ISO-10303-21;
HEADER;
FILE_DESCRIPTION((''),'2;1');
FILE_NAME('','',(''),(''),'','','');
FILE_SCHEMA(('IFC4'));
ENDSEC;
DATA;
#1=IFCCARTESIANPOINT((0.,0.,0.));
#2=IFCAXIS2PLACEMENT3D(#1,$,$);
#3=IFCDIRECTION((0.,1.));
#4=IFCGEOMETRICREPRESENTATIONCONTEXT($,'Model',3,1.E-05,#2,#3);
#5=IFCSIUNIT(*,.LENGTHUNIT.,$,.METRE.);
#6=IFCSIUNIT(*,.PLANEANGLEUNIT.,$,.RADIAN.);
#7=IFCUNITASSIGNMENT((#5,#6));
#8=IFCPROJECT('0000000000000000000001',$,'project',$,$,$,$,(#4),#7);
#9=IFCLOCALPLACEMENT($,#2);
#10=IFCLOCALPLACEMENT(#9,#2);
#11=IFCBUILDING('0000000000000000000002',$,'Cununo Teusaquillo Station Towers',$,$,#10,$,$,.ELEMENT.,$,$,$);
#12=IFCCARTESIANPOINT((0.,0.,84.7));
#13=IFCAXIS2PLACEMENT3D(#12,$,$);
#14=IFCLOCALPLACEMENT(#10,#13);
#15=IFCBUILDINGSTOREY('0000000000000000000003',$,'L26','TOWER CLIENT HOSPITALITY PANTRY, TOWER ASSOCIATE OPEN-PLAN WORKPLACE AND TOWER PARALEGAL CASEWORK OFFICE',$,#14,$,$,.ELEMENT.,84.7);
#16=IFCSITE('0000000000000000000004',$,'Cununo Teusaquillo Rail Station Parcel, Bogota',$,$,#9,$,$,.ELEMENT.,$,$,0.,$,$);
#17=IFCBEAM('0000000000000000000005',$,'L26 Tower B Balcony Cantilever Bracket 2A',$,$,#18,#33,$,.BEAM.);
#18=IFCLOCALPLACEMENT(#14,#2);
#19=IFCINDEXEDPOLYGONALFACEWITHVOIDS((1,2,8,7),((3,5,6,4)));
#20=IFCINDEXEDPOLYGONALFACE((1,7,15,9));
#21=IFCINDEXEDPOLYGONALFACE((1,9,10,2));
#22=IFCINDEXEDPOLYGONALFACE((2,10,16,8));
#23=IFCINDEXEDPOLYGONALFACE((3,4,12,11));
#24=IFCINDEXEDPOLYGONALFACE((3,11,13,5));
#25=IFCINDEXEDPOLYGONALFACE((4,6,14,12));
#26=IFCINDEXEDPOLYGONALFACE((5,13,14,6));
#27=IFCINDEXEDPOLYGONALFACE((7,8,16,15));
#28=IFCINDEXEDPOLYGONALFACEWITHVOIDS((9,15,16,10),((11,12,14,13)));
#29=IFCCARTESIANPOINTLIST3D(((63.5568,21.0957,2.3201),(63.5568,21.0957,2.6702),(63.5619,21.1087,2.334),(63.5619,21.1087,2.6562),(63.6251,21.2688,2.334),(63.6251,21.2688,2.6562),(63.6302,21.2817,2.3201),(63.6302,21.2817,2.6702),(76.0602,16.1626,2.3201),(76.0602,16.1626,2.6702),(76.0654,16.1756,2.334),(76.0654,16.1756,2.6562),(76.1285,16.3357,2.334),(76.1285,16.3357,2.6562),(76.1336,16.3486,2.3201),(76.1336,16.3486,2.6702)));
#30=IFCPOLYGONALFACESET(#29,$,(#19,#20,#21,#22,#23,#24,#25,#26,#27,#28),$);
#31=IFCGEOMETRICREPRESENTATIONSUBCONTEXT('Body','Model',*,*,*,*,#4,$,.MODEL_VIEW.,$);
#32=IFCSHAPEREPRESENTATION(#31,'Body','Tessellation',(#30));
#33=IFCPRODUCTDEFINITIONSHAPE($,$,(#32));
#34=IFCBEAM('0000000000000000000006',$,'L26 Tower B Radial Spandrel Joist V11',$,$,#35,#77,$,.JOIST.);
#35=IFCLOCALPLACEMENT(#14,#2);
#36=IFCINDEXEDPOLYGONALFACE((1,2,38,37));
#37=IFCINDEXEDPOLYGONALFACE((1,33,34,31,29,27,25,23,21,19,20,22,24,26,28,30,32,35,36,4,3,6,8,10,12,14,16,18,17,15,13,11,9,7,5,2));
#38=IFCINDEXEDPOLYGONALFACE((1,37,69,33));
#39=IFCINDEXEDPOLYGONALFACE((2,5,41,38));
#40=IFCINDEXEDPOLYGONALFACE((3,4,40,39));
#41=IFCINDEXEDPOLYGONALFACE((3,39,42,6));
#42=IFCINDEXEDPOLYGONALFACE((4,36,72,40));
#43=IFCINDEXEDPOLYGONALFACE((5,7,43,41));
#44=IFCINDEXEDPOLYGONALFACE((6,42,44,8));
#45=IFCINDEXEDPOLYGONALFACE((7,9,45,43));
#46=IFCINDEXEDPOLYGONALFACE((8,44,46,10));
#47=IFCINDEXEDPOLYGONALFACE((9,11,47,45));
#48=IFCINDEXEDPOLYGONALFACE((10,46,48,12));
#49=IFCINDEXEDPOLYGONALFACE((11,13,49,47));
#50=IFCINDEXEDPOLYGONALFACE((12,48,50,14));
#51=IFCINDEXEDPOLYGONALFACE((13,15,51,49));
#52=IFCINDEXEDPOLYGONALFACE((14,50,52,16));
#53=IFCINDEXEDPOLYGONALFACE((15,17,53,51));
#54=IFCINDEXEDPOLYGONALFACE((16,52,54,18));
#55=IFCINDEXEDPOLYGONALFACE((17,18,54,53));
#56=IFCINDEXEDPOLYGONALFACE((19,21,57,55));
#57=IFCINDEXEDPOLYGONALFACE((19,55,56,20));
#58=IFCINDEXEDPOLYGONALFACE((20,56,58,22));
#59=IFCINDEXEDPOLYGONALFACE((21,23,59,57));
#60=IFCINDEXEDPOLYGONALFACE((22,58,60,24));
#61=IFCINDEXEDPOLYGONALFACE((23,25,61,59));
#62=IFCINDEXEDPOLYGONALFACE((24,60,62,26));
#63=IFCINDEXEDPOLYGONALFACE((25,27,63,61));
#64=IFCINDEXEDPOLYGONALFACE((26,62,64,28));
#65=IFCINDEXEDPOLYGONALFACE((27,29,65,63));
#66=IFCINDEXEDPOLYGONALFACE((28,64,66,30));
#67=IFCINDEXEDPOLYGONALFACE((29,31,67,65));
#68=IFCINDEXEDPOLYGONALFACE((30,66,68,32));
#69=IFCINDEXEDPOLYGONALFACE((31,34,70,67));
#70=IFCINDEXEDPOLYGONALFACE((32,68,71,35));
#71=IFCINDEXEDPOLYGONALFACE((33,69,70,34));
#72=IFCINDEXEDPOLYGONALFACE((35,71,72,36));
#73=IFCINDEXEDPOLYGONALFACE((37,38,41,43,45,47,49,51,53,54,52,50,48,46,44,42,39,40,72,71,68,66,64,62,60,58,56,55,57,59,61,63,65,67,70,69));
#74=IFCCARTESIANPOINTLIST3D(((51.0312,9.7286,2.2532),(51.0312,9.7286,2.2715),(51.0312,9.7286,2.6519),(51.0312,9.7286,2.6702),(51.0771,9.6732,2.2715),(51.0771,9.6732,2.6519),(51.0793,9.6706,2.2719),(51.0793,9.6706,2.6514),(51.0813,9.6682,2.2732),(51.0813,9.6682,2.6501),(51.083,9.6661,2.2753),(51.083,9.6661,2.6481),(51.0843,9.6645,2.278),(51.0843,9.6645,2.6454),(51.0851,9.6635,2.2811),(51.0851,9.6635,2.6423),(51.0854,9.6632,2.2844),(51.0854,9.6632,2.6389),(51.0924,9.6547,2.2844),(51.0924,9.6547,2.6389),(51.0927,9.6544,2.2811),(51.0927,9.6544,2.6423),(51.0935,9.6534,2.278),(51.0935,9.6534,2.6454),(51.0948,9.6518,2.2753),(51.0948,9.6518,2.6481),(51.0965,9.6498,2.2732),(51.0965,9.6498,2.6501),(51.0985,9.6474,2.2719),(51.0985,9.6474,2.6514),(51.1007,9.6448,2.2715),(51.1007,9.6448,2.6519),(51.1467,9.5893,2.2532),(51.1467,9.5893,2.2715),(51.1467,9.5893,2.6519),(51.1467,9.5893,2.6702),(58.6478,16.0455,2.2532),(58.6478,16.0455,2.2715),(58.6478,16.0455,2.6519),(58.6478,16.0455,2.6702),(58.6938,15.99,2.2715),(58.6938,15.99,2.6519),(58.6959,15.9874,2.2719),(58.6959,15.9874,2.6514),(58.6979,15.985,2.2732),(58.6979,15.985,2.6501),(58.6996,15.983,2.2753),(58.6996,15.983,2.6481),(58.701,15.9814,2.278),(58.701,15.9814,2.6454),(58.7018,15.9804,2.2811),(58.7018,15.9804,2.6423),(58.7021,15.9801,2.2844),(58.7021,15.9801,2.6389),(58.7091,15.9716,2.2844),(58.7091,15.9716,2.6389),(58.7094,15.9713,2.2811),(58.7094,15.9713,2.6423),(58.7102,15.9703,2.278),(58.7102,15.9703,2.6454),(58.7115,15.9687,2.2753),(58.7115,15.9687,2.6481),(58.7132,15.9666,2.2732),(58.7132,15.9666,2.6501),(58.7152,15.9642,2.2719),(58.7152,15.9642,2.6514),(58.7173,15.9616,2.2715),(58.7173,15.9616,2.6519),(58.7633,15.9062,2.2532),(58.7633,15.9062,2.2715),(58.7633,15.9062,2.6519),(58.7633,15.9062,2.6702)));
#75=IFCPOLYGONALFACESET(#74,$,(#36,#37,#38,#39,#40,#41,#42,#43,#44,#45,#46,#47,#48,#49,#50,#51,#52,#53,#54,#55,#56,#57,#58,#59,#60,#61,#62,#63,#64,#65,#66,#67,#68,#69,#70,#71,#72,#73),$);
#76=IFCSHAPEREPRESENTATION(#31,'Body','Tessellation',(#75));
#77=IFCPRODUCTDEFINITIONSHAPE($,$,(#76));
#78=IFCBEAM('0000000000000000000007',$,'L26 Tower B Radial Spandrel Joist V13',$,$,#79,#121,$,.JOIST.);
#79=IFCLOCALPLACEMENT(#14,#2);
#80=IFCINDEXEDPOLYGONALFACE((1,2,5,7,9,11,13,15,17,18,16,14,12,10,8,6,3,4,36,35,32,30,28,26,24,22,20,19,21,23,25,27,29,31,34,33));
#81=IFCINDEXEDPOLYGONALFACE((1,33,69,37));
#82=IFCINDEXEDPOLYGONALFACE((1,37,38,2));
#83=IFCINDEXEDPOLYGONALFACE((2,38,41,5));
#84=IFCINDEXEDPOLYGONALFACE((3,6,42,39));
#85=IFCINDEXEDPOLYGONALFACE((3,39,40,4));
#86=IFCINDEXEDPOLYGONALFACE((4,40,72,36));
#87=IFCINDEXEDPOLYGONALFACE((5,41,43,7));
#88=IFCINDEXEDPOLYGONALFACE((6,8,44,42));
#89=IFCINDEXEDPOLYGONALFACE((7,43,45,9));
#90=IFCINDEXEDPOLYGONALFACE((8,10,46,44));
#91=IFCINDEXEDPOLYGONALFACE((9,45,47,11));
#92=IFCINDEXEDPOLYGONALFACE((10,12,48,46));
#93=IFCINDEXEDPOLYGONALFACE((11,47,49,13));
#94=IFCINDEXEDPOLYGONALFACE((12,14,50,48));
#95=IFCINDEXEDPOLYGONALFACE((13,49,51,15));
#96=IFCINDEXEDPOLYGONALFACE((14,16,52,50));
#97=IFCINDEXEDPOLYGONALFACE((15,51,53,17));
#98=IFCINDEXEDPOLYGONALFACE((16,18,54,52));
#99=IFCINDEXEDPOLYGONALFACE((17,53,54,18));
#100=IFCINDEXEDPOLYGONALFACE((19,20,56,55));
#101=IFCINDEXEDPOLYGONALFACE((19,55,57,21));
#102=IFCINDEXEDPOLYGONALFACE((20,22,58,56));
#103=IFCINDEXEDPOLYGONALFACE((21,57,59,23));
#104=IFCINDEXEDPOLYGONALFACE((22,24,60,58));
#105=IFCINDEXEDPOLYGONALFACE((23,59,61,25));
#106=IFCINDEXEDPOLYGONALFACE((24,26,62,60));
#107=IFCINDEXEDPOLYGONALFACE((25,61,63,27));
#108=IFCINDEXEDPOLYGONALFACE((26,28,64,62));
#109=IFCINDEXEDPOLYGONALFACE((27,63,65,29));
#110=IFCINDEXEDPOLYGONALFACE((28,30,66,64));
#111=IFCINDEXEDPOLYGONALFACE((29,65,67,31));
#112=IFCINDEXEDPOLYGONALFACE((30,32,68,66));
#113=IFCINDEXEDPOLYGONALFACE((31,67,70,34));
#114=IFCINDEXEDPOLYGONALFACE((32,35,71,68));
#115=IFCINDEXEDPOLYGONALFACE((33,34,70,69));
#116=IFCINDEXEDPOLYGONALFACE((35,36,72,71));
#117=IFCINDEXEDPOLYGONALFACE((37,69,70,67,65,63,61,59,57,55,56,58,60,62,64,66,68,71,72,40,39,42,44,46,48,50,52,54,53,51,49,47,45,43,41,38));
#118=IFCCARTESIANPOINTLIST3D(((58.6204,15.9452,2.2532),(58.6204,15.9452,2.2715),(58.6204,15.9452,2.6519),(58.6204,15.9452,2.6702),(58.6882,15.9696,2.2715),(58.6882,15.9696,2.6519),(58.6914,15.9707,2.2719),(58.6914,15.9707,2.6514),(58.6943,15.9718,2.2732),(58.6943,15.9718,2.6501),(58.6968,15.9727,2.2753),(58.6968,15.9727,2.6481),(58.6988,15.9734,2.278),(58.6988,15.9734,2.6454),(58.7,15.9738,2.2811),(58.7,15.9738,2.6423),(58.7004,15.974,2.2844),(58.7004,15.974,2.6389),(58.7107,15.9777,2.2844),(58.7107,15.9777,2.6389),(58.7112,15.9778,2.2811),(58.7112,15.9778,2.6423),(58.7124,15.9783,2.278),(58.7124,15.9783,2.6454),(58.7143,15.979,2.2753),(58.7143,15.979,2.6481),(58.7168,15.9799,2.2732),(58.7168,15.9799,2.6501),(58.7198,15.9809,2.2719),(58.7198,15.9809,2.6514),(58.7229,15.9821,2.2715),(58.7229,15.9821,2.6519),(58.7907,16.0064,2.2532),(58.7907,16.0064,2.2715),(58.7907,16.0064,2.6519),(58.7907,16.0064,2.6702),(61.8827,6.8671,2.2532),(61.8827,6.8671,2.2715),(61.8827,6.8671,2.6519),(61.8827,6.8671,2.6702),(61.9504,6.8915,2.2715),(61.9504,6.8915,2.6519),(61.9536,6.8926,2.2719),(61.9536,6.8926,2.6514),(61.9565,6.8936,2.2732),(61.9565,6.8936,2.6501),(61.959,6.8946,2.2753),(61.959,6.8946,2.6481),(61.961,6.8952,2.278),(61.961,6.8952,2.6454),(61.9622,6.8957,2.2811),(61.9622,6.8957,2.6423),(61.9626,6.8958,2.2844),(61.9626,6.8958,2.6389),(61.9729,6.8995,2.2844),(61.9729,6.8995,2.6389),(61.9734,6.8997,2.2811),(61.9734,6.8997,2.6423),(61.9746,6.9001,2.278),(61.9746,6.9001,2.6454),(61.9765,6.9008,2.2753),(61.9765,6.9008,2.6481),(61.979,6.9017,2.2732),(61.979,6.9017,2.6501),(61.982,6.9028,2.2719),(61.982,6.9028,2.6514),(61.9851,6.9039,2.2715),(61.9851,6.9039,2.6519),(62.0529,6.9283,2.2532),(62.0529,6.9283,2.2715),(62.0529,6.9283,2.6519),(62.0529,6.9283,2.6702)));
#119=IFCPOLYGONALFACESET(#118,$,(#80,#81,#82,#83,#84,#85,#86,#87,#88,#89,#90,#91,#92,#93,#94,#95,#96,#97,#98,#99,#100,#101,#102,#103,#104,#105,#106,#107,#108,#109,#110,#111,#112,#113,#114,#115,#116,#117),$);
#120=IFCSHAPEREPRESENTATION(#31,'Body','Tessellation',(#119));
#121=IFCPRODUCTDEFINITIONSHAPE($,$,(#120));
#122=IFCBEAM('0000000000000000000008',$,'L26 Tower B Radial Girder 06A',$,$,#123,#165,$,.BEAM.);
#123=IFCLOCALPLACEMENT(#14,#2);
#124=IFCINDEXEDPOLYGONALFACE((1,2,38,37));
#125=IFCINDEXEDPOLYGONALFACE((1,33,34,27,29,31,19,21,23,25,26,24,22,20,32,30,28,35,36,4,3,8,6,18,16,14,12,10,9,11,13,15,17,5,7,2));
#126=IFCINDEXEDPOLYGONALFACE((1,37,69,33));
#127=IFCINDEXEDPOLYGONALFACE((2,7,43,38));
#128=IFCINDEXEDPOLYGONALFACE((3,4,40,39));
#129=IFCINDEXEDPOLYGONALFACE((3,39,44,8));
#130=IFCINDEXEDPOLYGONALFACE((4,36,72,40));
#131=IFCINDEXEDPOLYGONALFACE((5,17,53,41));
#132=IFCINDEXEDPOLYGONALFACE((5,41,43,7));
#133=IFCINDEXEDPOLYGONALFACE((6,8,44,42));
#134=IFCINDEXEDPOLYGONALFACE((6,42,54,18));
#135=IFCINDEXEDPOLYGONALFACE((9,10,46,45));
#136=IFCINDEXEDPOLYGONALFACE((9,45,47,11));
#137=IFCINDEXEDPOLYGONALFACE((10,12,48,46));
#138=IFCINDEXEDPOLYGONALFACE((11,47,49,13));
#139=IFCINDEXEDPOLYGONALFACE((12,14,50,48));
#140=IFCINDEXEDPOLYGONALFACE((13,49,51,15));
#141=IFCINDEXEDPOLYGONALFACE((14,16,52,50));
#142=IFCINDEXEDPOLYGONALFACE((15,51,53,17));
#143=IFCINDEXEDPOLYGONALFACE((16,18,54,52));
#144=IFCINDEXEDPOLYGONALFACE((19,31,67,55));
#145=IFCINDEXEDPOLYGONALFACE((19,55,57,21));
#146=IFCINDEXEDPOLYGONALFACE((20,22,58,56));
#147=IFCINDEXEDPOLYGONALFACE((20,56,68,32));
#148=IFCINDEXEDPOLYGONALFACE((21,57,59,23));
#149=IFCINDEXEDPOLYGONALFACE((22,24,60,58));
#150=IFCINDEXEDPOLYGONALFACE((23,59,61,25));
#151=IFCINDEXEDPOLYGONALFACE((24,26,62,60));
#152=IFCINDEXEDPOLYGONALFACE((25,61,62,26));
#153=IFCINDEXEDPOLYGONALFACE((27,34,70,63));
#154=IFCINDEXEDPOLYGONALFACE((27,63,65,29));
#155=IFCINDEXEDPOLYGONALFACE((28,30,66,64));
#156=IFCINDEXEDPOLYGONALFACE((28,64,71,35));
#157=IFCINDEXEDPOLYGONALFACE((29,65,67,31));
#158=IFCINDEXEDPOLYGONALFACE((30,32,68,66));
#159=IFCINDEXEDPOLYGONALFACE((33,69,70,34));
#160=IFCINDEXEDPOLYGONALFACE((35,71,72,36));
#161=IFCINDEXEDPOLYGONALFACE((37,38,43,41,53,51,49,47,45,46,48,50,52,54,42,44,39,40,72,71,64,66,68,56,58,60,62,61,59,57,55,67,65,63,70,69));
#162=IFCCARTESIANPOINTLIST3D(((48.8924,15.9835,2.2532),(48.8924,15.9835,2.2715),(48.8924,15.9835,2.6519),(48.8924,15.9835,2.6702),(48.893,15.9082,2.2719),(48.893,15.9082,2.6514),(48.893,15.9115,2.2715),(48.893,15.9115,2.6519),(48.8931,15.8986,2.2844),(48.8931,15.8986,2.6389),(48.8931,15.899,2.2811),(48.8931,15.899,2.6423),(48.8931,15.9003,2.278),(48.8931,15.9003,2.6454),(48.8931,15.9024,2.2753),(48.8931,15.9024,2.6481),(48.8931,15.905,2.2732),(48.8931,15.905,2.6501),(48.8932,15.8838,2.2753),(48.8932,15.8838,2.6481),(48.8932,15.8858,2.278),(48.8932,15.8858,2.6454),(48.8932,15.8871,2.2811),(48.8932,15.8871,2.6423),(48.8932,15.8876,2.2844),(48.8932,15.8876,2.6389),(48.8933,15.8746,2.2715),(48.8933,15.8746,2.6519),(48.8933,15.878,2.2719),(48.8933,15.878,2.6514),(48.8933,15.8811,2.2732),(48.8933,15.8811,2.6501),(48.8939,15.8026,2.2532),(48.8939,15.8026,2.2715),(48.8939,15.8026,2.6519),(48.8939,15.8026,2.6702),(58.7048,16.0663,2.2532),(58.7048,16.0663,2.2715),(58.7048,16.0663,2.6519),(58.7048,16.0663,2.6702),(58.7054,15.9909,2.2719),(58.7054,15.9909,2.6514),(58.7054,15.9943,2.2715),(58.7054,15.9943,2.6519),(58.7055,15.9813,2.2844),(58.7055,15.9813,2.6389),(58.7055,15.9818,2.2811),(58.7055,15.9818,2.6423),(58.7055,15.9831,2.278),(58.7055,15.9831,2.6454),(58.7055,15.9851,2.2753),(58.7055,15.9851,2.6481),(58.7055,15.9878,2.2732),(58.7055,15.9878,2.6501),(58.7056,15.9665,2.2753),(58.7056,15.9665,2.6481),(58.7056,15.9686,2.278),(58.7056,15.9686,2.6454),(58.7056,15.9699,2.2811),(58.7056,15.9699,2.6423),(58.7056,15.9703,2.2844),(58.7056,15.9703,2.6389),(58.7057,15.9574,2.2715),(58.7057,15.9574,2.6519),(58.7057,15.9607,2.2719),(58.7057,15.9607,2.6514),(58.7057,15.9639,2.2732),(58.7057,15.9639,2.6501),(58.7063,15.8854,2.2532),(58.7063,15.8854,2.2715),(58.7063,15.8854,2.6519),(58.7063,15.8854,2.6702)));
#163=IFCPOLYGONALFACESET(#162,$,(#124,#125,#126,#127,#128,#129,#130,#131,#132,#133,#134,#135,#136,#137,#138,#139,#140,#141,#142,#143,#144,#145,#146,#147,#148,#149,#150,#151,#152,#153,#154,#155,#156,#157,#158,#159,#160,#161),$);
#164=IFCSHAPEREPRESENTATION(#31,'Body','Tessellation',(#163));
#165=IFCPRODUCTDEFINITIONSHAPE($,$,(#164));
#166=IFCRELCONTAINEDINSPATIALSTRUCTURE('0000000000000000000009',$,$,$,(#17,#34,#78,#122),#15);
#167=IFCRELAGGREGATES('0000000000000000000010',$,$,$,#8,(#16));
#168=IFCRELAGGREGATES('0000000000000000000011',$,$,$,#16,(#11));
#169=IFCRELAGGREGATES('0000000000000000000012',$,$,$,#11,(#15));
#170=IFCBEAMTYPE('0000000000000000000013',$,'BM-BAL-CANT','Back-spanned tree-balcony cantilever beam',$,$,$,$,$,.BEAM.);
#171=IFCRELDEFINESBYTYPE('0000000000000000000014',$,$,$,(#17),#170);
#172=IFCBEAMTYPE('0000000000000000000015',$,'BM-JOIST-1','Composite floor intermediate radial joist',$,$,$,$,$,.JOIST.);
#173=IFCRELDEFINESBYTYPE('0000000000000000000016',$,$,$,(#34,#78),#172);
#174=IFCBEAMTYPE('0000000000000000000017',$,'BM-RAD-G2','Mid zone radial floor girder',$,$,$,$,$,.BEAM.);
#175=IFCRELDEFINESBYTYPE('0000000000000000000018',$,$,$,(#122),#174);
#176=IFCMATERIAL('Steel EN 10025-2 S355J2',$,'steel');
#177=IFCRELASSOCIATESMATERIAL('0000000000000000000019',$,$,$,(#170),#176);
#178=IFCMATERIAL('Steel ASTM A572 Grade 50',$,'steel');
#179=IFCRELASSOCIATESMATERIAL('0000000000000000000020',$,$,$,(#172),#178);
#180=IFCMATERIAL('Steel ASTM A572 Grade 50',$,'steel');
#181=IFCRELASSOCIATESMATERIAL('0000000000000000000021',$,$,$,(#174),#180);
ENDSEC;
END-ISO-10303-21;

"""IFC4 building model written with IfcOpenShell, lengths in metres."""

from ifc_helpers import new_model, si_unit, direction, frame, origin, origin_2d, place, context, subcontext, project, spatial, hollow_rectangle, i_section, extrude, material, material_profile, profile_set, type_object, element, save


model = new_model("IFC4")

# Units and contexts
model_context = context("Model", 3, precision=1e-05, world=origin(), true_north=direction((0.0, 1.0)))
body_context = subcontext(model_context, "Body", "Model", "MODEL_VIEW")
ifc_project = project(units=[si_unit("LENGTHUNIT", "METRE"), si_unit("PLANEANGLEUNIT", "RADIAN")], contexts=[model_context])

# Site, building, storey
site_placement = place(None, origin())
site = spatial("IfcSite", under=ifc_project, at=site_placement, Name="Cununo Teusaquillo Rail Station Parcel, Bogota", CompositionType="ELEMENT", RefElevation=0.0)
building_placement = place(site_placement, origin())
building = spatial("IfcBuilding", under=site, at=building_placement, Name="Cununo Teusaquillo Station Towers", CompositionType="ELEMENT")
storey_placement = place(building_placement, frame((0.0, 0.0, 84.7)))
storey = spatial("IfcBuildingStorey", under=building, at=storey_placement, Name="L26", Description="TOWER CLIENT HOSPITALITY PANTRY, TOWER ASSOCIATE OPEN-PLAN WORKPLACE AND TOWER PARALEGAL CASEWORK OFFICE", CompositionType="ELEMENT", Elevation=84.7)

# Beams
ifc_material_1 = material(Name="Steel EN 10025-2 S355J2", Category="steel")
ifc_material_profile_1 = material_profile(ifc_material_1, hollow_rectangle(XDim=0.2, YDim=0.3501, WallThickness=0.0139, at=origin_2d()), Name="RHS 350x200x14")
ifc_profile_set_1 = profile_set([ifc_material_profile_1], Name="Steel EN 10025-2 S355J2")
beam_type_1 = type_object("IfcBeamType", Name="BM-BAL-CANT", Description="Back-spanned tree-balcony cantilever beam", PredefinedType="BEAM", material=ifc_profile_set_1)
beam_1_placement = place(storey_placement, frame((63.5935, 21.1887, 2.4951), z_axis=(0.930218, -0.367009, 0.0), x_axis=(0.367009, 0.930218, 0.0)))
element("IfcBeam", 1, at=beam_1_placement, inside=storey, type_object=beam_type_1, Name="L26 Tower B Balcony Cantilever Bracket 2A", PredefinedType="BEAM", context=body_context, shape_type="SweptSolid", body=[
    extrude(hollow_rectangle(XDim=0.2, YDim=0.3501, WallThickness=0.0139, at=origin_2d()), origin(), (0.0, 0.0, 1.0), 13.4414),
])
ifc_material_2 = material(Name="Steel ASTM A572 Grade 50", Category="steel")
ifc_material_profile_2 = material_profile(ifc_material_2, i_section(OverallWidth=0.1809, OverallDepth=0.417, WebThickness=0.011, FlangeThickness=0.0183, FilletRadius=0.0129, at=origin_2d()), Name="W16X57")
ifc_profile_set_2 = profile_set([ifc_material_profile_2], Name="Steel ASTM A572 Grade 50")
beam_type_2 = type_object("IfcBeamType", Name="BM-JOIST-1", Description="Composite floor intermediate radial joist", PredefinedType="JOIST", material=ifc_profile_set_2)
beam_2_placement = place(storey_placement, frame((58.7056, 15.9758, 2.4617), z_axis=(-0.769728, -0.638372, 0.0), x_axis=(0.638372, -0.769728, 0.0)))
element("IfcBeam", 2, at=beam_2_placement, inside=storey, type_object=beam_type_2, Name="L26 Tower B Radial Spandrel Joist V11", PredefinedType="JOIST", context=body_context, shape_type="SweptSolid", body=[
    extrude(i_section(OverallWidth=0.1809, OverallDepth=0.417, WebThickness=0.011, FlangeThickness=0.0183, FilletRadius=0.0129, at=origin_2d()), origin(), (0.0, 0.0, 1.0), 9.8953),
])
beam_3_placement = place(storey_placement, frame((58.7056, 15.9758, 2.4617), z_axis=(0.338176, -0.941083, 0.0), x_axis=(0.941083, 0.338176, 0.0)))
element("IfcBeam", 3, at=beam_3_placement, inside=storey, type_object=beam_type_2, Name="L26 Tower B Radial Spandrel Joist V13", PredefinedType="JOIST", context=body_context, shape_type="SweptSolid", body=[
    extrude(i_section(OverallWidth=0.1809, OverallDepth=0.417, WebThickness=0.011, FlangeThickness=0.0183, FilletRadius=0.0129, at=origin_2d()), origin(), (0.0, 0.0, 1.0), 9.6465),
])
ifc_material_3 = material(Name="Steel ASTM A572 Grade 50", Category="steel")
ifc_material_profile_3 = material_profile(ifc_material_3, i_section(OverallWidth=0.1809, OverallDepth=0.417, WebThickness=0.011, FlangeThickness=0.0183, FilletRadius=0.0129, at=origin_2d()), Name="W16X57")
ifc_profile_set_3 = profile_set([ifc_material_profile_3], Name="Steel ASTM A572 Grade 50")
beam_type_3 = type_object("IfcBeamType", Name="BM-RAD-G2", Description="Mid zone radial floor girder", PredefinedType="BEAM", material=ifc_profile_set_3)
beam_4_placement = place(storey_placement, frame((58.7056, 15.9758, 2.4617), z_axis=(-0.999964, -0.008434, 0.0), x_axis=(0.008434, -0.999964, 0.0)))
element("IfcBeam", 4, at=beam_4_placement, inside=storey, type_object=beam_type_3, Name="L26 Tower B Radial Girder 06A", PredefinedType="BEAM", context=body_context, shape_type="SweptSolid", body=[
    extrude(i_section(OverallWidth=0.1809, OverallDepth=0.417, WebThickness=0.011, FlangeThickness=0.0183, FilletRadius=0.0129, at=origin_2d()), origin(), (0.0, 0.0, 1.0), 9.8127),
])

save(model, "model.ifc")
